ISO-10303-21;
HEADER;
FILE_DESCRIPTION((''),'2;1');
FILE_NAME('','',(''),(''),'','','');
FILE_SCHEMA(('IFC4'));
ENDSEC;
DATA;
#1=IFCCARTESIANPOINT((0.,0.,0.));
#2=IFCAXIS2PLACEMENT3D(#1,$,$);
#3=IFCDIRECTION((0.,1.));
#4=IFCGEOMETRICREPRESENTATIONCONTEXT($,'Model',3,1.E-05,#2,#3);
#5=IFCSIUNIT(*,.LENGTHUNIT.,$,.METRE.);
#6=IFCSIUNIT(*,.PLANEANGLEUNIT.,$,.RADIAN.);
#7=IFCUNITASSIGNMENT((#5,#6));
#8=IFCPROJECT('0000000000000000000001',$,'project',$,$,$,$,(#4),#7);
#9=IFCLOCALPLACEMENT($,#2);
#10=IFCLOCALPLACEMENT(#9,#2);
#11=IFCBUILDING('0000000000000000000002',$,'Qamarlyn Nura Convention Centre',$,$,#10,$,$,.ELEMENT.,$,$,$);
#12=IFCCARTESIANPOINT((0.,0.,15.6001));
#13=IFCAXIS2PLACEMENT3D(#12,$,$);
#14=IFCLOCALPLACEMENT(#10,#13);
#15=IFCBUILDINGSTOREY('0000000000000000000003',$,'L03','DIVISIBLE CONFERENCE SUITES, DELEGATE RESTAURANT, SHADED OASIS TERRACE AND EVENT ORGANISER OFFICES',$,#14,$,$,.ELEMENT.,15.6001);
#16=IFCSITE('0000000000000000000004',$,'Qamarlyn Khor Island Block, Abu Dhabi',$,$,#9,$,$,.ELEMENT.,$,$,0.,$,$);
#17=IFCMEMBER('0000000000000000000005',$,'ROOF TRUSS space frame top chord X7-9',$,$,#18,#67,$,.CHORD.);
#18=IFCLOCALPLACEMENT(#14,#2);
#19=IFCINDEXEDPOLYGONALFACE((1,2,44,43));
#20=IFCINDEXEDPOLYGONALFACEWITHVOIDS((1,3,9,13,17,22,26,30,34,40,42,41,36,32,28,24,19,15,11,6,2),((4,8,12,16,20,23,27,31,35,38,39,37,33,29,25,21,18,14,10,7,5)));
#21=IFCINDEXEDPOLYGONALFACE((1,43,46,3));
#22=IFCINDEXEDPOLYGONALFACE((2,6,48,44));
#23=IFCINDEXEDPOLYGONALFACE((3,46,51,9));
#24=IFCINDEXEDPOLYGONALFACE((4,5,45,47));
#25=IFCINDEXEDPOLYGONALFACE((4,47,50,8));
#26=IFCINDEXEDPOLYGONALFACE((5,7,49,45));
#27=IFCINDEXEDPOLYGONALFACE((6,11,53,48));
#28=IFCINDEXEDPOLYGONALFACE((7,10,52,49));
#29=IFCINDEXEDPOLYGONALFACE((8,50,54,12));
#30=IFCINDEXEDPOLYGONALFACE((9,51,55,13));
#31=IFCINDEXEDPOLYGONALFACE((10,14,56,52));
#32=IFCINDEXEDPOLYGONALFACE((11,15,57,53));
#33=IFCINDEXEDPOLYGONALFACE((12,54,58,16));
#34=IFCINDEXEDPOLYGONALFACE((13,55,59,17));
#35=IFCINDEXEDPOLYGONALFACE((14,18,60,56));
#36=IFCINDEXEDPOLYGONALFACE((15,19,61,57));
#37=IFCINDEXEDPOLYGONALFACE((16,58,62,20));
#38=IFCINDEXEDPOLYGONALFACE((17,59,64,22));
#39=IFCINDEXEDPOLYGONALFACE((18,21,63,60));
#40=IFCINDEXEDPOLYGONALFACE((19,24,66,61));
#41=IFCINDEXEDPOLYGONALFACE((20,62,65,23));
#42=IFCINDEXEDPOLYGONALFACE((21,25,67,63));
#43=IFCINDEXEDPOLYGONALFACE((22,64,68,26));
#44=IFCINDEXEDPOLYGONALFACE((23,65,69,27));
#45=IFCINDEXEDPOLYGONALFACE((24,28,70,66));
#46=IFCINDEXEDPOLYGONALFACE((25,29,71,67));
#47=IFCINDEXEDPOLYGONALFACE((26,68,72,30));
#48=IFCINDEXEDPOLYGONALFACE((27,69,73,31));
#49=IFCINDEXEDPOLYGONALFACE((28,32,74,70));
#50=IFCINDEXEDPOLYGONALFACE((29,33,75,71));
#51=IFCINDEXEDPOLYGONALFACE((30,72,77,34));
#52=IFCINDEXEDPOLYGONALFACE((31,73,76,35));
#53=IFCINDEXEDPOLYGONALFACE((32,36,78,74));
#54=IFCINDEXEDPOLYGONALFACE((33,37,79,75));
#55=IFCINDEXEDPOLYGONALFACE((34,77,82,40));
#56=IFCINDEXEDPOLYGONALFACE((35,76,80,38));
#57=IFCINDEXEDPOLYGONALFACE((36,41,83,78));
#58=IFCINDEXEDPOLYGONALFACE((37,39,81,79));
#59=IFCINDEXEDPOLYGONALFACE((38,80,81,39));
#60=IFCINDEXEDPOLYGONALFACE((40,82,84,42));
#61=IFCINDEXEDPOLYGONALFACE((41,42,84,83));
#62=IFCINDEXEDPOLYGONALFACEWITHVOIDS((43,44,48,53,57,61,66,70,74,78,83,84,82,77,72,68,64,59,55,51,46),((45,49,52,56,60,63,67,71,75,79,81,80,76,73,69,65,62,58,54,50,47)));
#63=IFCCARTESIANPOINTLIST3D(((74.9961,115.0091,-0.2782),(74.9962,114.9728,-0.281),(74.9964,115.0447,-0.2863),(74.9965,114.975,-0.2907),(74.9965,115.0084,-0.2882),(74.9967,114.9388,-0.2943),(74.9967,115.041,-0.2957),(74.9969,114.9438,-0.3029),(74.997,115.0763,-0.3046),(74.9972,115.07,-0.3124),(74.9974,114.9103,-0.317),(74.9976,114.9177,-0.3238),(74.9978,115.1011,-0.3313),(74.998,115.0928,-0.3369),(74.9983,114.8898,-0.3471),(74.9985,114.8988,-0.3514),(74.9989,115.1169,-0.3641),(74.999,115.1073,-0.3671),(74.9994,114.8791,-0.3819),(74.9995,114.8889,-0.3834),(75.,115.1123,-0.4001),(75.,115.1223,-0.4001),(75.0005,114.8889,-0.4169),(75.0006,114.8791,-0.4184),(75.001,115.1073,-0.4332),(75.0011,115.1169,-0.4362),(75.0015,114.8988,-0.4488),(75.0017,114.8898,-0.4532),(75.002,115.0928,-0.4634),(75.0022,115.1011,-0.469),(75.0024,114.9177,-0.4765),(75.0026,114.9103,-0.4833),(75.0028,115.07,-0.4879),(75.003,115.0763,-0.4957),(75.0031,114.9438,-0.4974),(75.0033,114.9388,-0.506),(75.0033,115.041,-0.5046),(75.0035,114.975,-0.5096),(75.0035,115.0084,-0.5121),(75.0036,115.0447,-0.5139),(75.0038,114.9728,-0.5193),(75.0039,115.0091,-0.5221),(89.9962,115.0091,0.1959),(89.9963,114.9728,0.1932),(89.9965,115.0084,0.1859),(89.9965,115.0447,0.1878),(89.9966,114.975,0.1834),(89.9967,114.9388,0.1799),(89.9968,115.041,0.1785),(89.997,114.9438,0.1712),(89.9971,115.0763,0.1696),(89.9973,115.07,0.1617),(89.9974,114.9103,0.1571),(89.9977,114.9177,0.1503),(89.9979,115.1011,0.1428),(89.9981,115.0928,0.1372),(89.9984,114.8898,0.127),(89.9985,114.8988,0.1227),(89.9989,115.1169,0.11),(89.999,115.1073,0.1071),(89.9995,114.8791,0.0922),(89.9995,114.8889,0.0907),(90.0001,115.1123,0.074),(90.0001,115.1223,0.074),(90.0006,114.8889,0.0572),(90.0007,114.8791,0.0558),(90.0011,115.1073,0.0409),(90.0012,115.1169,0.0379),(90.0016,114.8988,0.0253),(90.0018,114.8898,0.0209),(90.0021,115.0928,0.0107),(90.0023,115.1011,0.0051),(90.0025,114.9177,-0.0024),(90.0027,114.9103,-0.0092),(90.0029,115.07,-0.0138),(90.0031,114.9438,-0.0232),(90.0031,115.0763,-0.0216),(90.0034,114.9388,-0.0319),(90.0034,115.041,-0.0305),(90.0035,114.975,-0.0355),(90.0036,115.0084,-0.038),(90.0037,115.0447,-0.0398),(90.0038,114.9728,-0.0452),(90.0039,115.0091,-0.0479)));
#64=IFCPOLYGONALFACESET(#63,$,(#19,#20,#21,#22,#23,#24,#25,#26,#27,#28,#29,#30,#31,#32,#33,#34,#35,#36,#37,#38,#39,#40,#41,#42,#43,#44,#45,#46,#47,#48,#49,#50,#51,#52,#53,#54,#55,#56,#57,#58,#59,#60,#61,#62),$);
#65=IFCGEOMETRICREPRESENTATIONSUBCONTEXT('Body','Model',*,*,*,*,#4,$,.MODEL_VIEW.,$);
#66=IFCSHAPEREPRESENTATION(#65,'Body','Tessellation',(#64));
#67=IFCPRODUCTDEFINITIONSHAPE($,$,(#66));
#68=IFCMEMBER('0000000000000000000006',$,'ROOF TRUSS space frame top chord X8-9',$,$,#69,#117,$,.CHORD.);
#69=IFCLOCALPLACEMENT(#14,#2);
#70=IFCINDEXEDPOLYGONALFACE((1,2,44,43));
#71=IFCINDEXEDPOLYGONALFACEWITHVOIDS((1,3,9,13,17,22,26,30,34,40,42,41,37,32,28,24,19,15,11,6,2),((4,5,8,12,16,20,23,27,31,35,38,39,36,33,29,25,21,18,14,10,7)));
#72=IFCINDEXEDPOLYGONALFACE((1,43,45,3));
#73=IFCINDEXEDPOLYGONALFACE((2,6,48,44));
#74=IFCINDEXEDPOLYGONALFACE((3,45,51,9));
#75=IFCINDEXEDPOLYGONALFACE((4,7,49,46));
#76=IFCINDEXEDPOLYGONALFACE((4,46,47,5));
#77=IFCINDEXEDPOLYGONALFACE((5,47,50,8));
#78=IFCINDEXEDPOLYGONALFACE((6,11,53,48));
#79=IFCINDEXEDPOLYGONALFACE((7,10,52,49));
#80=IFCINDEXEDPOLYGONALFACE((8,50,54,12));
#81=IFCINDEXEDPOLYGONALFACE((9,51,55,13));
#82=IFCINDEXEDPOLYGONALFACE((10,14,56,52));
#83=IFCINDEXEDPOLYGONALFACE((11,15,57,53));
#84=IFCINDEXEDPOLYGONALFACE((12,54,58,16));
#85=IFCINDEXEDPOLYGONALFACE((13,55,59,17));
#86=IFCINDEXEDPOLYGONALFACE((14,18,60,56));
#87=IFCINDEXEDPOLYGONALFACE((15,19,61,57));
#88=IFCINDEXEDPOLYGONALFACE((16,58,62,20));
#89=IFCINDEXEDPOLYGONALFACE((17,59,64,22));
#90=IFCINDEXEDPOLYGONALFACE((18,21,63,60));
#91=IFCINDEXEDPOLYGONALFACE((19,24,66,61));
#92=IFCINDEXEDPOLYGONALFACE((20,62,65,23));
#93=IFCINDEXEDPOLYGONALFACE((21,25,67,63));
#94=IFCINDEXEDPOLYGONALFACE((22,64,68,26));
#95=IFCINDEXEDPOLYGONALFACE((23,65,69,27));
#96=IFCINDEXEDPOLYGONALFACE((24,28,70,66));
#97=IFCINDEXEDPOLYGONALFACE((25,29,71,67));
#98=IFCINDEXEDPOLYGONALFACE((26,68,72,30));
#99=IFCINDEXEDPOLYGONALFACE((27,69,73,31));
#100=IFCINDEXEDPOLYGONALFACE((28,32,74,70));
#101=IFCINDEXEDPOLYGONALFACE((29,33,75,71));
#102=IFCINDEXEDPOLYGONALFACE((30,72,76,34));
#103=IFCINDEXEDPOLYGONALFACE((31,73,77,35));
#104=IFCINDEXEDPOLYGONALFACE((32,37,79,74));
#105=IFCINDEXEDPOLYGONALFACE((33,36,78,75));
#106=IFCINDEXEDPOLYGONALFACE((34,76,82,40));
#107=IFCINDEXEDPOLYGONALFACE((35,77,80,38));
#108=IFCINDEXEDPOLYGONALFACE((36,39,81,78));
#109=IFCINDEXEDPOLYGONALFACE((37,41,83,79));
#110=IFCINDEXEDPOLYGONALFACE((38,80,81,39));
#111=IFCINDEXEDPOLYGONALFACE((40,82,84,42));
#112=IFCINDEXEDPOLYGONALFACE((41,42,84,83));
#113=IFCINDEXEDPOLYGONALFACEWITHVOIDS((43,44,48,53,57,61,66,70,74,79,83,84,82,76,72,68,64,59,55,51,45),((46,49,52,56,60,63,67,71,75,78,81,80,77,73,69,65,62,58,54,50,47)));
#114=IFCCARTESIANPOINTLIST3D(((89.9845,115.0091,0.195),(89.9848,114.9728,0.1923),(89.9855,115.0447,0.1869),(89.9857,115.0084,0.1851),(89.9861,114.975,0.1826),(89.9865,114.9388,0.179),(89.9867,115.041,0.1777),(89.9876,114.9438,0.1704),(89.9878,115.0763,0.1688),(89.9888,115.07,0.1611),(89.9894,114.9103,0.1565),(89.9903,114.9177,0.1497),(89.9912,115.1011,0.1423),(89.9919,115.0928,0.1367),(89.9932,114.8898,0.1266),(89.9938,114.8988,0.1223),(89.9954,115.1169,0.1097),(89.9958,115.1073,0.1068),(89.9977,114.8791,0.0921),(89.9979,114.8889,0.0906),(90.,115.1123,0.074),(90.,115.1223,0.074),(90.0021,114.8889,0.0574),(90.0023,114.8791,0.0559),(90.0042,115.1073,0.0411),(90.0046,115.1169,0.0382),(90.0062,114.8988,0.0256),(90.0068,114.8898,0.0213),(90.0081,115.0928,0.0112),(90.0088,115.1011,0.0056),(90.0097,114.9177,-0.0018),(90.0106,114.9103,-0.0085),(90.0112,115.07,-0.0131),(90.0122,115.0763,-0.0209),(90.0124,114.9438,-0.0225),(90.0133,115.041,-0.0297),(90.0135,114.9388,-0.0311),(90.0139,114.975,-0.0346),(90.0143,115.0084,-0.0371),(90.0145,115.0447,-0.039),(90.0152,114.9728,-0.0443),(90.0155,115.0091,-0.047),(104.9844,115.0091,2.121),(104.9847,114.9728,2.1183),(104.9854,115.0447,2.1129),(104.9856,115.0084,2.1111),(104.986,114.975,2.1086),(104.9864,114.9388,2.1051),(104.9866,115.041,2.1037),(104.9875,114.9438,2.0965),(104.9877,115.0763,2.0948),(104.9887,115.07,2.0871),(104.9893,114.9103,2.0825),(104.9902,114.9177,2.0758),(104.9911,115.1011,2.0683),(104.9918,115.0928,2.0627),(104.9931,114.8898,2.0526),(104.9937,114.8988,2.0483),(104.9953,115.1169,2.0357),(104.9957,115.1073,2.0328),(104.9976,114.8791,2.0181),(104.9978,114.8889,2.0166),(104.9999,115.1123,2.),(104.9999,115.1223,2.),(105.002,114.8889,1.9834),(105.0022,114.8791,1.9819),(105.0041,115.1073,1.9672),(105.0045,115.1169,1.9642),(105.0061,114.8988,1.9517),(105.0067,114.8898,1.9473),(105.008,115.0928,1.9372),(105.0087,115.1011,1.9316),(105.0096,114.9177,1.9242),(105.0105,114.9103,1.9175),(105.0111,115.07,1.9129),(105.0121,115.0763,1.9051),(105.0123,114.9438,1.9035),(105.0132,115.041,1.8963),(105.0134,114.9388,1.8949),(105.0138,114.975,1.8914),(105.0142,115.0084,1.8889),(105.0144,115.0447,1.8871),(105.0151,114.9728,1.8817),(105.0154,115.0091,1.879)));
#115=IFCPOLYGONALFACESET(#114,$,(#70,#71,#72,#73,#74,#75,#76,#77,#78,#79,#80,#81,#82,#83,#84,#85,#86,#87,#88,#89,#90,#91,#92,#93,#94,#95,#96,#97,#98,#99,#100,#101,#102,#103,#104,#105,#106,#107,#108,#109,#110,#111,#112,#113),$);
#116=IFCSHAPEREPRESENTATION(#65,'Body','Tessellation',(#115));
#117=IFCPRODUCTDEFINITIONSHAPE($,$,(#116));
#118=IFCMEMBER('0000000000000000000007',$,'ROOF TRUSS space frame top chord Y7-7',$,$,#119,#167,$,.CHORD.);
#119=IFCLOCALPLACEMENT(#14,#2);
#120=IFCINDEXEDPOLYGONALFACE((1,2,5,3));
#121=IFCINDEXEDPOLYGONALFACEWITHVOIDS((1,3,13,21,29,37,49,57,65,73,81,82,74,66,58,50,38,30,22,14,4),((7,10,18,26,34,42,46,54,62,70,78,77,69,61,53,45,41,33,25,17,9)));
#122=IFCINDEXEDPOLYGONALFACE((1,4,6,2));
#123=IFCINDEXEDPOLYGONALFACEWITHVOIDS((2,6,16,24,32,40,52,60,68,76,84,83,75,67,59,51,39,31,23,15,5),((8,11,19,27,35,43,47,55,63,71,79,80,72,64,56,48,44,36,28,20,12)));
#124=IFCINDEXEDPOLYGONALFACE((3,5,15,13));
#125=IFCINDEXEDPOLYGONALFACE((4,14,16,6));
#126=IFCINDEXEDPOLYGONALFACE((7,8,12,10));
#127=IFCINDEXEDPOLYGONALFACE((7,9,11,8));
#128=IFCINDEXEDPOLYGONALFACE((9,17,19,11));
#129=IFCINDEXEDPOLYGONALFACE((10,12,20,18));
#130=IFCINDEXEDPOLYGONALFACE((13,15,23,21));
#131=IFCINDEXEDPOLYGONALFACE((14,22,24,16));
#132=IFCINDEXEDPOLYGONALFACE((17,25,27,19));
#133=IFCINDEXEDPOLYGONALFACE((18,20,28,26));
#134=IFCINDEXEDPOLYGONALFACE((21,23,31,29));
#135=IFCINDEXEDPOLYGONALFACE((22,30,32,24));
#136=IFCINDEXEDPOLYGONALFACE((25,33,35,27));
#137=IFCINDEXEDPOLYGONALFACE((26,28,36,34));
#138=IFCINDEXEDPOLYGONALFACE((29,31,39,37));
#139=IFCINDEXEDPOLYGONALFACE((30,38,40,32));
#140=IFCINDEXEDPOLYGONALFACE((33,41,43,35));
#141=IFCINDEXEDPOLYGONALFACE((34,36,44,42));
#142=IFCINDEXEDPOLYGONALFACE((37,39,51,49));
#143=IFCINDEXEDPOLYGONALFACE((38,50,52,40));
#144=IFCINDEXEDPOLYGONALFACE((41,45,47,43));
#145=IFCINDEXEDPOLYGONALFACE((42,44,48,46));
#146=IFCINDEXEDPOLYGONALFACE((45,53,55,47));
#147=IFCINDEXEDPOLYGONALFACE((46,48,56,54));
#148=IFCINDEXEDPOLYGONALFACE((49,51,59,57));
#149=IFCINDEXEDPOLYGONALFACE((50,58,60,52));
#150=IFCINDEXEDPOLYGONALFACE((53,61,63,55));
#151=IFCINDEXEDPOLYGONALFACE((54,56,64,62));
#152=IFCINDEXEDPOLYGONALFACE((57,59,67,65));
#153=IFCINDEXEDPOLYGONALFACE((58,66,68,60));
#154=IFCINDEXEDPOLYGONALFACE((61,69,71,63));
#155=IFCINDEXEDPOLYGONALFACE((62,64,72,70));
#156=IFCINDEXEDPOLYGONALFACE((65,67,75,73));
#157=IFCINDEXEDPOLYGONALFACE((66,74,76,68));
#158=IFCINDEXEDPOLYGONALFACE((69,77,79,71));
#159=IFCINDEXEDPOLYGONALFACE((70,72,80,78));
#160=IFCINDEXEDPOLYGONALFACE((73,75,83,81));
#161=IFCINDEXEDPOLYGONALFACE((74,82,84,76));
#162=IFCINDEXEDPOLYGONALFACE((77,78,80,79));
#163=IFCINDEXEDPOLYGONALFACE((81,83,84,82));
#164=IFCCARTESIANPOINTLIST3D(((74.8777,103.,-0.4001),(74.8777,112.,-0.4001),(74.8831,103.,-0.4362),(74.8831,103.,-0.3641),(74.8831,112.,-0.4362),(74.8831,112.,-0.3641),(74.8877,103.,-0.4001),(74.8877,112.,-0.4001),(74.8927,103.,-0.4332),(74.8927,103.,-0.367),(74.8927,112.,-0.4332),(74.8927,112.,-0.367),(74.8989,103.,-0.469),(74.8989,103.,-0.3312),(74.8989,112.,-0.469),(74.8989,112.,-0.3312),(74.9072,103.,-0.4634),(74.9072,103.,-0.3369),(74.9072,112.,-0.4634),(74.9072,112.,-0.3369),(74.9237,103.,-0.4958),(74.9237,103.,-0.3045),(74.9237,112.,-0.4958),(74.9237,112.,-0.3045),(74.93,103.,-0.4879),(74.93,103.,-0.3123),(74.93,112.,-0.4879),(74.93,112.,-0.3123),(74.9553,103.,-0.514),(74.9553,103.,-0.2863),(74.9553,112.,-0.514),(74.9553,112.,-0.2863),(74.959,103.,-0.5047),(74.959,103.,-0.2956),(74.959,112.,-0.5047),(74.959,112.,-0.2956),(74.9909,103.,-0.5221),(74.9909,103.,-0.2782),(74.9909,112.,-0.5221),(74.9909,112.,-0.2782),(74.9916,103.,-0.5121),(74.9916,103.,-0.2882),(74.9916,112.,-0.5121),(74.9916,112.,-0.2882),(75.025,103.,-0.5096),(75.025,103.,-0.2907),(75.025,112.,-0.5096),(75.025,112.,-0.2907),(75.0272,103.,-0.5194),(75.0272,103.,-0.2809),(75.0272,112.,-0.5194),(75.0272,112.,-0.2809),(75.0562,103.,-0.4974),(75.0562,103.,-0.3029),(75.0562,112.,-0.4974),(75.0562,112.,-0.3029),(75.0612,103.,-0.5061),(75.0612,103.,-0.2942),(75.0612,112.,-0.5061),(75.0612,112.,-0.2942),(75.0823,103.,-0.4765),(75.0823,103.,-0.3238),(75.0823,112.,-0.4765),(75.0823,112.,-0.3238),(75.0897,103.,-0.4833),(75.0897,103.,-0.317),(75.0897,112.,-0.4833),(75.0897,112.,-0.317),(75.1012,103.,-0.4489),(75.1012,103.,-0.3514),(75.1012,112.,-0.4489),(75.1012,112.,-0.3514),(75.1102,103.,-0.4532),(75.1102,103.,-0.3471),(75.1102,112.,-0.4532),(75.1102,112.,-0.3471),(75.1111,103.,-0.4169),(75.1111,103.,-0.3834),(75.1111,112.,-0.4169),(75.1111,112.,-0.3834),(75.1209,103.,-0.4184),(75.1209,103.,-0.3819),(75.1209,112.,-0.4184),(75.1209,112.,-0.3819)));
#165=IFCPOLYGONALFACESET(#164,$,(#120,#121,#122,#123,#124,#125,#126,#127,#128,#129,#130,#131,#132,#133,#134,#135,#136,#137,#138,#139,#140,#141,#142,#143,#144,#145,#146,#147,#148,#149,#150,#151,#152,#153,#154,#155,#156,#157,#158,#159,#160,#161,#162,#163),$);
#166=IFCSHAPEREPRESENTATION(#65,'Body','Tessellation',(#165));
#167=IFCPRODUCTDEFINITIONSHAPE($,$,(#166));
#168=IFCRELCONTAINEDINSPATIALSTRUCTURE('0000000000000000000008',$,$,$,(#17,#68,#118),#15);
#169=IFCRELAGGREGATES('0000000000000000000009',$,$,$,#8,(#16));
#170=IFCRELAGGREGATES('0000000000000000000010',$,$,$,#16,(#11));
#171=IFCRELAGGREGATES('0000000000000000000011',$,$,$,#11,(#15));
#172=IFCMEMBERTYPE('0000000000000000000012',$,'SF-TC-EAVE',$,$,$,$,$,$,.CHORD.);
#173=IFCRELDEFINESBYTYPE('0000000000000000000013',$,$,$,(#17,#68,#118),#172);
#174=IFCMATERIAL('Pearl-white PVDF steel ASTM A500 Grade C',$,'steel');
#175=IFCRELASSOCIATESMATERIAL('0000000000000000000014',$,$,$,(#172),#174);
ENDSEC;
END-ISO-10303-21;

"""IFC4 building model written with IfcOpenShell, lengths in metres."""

from ifc_helpers import new_model, si_unit, direction, frame, origin, origin_2d, place, context, subcontext, project, spatial, hollow_circle, extrude, material, material_profile, profile_set, type_object, element, save


model = new_model("IFC4")

# Units and contexts
model_context = context("Model", 3, precision=1e-05, world=origin(), true_north=direction((0.0, 1.0)))
body_context = subcontext(model_context, "Body", "Model", "MODEL_VIEW")
ifc_project = project(units=[si_unit("LENGTHUNIT", "METRE"), si_unit("PLANEANGLEUNIT", "RADIAN")], contexts=[model_context])

# Site, building, storey
site_placement = place(None, origin())
site = spatial("IfcSite", under=ifc_project, at=site_placement, Name="Qamarlyn Khor Island Block, Abu Dhabi", CompositionType="ELEMENT", RefElevation=0.0)
building_placement = place(site_placement, origin())
building = spatial("IfcBuilding", under=site, at=building_placement, Name="Qamarlyn Nura Convention Centre", CompositionType="ELEMENT")
storey_placement = place(building_placement, frame((0.0, 0.0, 15.6001)))
storey = spatial("IfcBuildingStorey", under=building, at=storey_placement, Name="L03", Description="DIVISIBLE CONFERENCE SUITES, DELEGATE RESTAURANT, SHADED OASIS TERRACE AND EVENT ORGANISER OFFICES", CompositionType="ELEMENT", Elevation=15.6001)

# Members
ifc_material_1 = material(Name="Pearl-white PVDF steel ASTM A500 Grade C", Category="steel")
ifc_material_profile_1 = material_profile(ifc_material_1, hollow_circle(Radius=0.1223, WallThickness=0.01, at=origin_2d()), Name="CHS244.5X10")
ifc_profile_set_1 = profile_set([ifc_material_profile_1], Name="Pearl-white PVDF steel ASTM A500 Grade C")
member_type_1 = type_object("IfcMemberType", Name="SF-TC-EAVE", PredefinedType="CHORD", material=ifc_profile_set_1)
member_1_placement = place(storey_placement, frame((75.0, 115.0, -0.4001), z_axis=(0.999501, 0.0, 0.031592), x_axis=(0.0, 1.0, 0.0)))
element("IfcMember", 1, at=member_1_placement, inside=storey, type_object=member_type_1, Name="ROOF TRUSS space frame top chord X7-9", PredefinedType="CHORD", context=body_context, shape_type="SweptSolid", body=[
    extrude(hollow_circle(Radius=0.1223, WallThickness=0.01, at=origin_2d()), origin(), (0.0, 0.0, 1.0), 15.0076),
])
member_2_placement = place(storey_placement, frame((90.0, 115.0, 0.074), z_axis=(0.991857, 0.0, 0.127356), x_axis=(0.0, 1.0, 0.0)))
element("IfcMember", 2, at=member_2_placement, inside=storey, type_object=member_type_1, Name="ROOF TRUSS space frame top chord X8-9", PredefinedType="CHORD", context=body_context, shape_type="SweptSolid", body=[
    extrude(hollow_circle(Radius=0.1223, WallThickness=0.01, at=origin_2d()), origin(), (0.0, 0.0, 1.0), 15.123),
])
member_3_placement = place(storey_placement, frame((75.0, 103.0, -0.4001), z_axis=(0.0, 1.0, 0.0), x_axis=(-1.0, 0.0, 0.0)))
element("IfcMember", 3, at=member_3_placement, inside=storey, type_object=member_type_1, Name="ROOF TRUSS space frame top chord Y7-7", PredefinedType="CHORD", context=body_context, shape_type="SweptSolid", body=[
    extrude(hollow_circle(Radius=0.1223, WallThickness=0.01, at=origin_2d()), origin(), (0.0, 0.0, 1.0), 9.0),
])

save(model, "model.ifc")
